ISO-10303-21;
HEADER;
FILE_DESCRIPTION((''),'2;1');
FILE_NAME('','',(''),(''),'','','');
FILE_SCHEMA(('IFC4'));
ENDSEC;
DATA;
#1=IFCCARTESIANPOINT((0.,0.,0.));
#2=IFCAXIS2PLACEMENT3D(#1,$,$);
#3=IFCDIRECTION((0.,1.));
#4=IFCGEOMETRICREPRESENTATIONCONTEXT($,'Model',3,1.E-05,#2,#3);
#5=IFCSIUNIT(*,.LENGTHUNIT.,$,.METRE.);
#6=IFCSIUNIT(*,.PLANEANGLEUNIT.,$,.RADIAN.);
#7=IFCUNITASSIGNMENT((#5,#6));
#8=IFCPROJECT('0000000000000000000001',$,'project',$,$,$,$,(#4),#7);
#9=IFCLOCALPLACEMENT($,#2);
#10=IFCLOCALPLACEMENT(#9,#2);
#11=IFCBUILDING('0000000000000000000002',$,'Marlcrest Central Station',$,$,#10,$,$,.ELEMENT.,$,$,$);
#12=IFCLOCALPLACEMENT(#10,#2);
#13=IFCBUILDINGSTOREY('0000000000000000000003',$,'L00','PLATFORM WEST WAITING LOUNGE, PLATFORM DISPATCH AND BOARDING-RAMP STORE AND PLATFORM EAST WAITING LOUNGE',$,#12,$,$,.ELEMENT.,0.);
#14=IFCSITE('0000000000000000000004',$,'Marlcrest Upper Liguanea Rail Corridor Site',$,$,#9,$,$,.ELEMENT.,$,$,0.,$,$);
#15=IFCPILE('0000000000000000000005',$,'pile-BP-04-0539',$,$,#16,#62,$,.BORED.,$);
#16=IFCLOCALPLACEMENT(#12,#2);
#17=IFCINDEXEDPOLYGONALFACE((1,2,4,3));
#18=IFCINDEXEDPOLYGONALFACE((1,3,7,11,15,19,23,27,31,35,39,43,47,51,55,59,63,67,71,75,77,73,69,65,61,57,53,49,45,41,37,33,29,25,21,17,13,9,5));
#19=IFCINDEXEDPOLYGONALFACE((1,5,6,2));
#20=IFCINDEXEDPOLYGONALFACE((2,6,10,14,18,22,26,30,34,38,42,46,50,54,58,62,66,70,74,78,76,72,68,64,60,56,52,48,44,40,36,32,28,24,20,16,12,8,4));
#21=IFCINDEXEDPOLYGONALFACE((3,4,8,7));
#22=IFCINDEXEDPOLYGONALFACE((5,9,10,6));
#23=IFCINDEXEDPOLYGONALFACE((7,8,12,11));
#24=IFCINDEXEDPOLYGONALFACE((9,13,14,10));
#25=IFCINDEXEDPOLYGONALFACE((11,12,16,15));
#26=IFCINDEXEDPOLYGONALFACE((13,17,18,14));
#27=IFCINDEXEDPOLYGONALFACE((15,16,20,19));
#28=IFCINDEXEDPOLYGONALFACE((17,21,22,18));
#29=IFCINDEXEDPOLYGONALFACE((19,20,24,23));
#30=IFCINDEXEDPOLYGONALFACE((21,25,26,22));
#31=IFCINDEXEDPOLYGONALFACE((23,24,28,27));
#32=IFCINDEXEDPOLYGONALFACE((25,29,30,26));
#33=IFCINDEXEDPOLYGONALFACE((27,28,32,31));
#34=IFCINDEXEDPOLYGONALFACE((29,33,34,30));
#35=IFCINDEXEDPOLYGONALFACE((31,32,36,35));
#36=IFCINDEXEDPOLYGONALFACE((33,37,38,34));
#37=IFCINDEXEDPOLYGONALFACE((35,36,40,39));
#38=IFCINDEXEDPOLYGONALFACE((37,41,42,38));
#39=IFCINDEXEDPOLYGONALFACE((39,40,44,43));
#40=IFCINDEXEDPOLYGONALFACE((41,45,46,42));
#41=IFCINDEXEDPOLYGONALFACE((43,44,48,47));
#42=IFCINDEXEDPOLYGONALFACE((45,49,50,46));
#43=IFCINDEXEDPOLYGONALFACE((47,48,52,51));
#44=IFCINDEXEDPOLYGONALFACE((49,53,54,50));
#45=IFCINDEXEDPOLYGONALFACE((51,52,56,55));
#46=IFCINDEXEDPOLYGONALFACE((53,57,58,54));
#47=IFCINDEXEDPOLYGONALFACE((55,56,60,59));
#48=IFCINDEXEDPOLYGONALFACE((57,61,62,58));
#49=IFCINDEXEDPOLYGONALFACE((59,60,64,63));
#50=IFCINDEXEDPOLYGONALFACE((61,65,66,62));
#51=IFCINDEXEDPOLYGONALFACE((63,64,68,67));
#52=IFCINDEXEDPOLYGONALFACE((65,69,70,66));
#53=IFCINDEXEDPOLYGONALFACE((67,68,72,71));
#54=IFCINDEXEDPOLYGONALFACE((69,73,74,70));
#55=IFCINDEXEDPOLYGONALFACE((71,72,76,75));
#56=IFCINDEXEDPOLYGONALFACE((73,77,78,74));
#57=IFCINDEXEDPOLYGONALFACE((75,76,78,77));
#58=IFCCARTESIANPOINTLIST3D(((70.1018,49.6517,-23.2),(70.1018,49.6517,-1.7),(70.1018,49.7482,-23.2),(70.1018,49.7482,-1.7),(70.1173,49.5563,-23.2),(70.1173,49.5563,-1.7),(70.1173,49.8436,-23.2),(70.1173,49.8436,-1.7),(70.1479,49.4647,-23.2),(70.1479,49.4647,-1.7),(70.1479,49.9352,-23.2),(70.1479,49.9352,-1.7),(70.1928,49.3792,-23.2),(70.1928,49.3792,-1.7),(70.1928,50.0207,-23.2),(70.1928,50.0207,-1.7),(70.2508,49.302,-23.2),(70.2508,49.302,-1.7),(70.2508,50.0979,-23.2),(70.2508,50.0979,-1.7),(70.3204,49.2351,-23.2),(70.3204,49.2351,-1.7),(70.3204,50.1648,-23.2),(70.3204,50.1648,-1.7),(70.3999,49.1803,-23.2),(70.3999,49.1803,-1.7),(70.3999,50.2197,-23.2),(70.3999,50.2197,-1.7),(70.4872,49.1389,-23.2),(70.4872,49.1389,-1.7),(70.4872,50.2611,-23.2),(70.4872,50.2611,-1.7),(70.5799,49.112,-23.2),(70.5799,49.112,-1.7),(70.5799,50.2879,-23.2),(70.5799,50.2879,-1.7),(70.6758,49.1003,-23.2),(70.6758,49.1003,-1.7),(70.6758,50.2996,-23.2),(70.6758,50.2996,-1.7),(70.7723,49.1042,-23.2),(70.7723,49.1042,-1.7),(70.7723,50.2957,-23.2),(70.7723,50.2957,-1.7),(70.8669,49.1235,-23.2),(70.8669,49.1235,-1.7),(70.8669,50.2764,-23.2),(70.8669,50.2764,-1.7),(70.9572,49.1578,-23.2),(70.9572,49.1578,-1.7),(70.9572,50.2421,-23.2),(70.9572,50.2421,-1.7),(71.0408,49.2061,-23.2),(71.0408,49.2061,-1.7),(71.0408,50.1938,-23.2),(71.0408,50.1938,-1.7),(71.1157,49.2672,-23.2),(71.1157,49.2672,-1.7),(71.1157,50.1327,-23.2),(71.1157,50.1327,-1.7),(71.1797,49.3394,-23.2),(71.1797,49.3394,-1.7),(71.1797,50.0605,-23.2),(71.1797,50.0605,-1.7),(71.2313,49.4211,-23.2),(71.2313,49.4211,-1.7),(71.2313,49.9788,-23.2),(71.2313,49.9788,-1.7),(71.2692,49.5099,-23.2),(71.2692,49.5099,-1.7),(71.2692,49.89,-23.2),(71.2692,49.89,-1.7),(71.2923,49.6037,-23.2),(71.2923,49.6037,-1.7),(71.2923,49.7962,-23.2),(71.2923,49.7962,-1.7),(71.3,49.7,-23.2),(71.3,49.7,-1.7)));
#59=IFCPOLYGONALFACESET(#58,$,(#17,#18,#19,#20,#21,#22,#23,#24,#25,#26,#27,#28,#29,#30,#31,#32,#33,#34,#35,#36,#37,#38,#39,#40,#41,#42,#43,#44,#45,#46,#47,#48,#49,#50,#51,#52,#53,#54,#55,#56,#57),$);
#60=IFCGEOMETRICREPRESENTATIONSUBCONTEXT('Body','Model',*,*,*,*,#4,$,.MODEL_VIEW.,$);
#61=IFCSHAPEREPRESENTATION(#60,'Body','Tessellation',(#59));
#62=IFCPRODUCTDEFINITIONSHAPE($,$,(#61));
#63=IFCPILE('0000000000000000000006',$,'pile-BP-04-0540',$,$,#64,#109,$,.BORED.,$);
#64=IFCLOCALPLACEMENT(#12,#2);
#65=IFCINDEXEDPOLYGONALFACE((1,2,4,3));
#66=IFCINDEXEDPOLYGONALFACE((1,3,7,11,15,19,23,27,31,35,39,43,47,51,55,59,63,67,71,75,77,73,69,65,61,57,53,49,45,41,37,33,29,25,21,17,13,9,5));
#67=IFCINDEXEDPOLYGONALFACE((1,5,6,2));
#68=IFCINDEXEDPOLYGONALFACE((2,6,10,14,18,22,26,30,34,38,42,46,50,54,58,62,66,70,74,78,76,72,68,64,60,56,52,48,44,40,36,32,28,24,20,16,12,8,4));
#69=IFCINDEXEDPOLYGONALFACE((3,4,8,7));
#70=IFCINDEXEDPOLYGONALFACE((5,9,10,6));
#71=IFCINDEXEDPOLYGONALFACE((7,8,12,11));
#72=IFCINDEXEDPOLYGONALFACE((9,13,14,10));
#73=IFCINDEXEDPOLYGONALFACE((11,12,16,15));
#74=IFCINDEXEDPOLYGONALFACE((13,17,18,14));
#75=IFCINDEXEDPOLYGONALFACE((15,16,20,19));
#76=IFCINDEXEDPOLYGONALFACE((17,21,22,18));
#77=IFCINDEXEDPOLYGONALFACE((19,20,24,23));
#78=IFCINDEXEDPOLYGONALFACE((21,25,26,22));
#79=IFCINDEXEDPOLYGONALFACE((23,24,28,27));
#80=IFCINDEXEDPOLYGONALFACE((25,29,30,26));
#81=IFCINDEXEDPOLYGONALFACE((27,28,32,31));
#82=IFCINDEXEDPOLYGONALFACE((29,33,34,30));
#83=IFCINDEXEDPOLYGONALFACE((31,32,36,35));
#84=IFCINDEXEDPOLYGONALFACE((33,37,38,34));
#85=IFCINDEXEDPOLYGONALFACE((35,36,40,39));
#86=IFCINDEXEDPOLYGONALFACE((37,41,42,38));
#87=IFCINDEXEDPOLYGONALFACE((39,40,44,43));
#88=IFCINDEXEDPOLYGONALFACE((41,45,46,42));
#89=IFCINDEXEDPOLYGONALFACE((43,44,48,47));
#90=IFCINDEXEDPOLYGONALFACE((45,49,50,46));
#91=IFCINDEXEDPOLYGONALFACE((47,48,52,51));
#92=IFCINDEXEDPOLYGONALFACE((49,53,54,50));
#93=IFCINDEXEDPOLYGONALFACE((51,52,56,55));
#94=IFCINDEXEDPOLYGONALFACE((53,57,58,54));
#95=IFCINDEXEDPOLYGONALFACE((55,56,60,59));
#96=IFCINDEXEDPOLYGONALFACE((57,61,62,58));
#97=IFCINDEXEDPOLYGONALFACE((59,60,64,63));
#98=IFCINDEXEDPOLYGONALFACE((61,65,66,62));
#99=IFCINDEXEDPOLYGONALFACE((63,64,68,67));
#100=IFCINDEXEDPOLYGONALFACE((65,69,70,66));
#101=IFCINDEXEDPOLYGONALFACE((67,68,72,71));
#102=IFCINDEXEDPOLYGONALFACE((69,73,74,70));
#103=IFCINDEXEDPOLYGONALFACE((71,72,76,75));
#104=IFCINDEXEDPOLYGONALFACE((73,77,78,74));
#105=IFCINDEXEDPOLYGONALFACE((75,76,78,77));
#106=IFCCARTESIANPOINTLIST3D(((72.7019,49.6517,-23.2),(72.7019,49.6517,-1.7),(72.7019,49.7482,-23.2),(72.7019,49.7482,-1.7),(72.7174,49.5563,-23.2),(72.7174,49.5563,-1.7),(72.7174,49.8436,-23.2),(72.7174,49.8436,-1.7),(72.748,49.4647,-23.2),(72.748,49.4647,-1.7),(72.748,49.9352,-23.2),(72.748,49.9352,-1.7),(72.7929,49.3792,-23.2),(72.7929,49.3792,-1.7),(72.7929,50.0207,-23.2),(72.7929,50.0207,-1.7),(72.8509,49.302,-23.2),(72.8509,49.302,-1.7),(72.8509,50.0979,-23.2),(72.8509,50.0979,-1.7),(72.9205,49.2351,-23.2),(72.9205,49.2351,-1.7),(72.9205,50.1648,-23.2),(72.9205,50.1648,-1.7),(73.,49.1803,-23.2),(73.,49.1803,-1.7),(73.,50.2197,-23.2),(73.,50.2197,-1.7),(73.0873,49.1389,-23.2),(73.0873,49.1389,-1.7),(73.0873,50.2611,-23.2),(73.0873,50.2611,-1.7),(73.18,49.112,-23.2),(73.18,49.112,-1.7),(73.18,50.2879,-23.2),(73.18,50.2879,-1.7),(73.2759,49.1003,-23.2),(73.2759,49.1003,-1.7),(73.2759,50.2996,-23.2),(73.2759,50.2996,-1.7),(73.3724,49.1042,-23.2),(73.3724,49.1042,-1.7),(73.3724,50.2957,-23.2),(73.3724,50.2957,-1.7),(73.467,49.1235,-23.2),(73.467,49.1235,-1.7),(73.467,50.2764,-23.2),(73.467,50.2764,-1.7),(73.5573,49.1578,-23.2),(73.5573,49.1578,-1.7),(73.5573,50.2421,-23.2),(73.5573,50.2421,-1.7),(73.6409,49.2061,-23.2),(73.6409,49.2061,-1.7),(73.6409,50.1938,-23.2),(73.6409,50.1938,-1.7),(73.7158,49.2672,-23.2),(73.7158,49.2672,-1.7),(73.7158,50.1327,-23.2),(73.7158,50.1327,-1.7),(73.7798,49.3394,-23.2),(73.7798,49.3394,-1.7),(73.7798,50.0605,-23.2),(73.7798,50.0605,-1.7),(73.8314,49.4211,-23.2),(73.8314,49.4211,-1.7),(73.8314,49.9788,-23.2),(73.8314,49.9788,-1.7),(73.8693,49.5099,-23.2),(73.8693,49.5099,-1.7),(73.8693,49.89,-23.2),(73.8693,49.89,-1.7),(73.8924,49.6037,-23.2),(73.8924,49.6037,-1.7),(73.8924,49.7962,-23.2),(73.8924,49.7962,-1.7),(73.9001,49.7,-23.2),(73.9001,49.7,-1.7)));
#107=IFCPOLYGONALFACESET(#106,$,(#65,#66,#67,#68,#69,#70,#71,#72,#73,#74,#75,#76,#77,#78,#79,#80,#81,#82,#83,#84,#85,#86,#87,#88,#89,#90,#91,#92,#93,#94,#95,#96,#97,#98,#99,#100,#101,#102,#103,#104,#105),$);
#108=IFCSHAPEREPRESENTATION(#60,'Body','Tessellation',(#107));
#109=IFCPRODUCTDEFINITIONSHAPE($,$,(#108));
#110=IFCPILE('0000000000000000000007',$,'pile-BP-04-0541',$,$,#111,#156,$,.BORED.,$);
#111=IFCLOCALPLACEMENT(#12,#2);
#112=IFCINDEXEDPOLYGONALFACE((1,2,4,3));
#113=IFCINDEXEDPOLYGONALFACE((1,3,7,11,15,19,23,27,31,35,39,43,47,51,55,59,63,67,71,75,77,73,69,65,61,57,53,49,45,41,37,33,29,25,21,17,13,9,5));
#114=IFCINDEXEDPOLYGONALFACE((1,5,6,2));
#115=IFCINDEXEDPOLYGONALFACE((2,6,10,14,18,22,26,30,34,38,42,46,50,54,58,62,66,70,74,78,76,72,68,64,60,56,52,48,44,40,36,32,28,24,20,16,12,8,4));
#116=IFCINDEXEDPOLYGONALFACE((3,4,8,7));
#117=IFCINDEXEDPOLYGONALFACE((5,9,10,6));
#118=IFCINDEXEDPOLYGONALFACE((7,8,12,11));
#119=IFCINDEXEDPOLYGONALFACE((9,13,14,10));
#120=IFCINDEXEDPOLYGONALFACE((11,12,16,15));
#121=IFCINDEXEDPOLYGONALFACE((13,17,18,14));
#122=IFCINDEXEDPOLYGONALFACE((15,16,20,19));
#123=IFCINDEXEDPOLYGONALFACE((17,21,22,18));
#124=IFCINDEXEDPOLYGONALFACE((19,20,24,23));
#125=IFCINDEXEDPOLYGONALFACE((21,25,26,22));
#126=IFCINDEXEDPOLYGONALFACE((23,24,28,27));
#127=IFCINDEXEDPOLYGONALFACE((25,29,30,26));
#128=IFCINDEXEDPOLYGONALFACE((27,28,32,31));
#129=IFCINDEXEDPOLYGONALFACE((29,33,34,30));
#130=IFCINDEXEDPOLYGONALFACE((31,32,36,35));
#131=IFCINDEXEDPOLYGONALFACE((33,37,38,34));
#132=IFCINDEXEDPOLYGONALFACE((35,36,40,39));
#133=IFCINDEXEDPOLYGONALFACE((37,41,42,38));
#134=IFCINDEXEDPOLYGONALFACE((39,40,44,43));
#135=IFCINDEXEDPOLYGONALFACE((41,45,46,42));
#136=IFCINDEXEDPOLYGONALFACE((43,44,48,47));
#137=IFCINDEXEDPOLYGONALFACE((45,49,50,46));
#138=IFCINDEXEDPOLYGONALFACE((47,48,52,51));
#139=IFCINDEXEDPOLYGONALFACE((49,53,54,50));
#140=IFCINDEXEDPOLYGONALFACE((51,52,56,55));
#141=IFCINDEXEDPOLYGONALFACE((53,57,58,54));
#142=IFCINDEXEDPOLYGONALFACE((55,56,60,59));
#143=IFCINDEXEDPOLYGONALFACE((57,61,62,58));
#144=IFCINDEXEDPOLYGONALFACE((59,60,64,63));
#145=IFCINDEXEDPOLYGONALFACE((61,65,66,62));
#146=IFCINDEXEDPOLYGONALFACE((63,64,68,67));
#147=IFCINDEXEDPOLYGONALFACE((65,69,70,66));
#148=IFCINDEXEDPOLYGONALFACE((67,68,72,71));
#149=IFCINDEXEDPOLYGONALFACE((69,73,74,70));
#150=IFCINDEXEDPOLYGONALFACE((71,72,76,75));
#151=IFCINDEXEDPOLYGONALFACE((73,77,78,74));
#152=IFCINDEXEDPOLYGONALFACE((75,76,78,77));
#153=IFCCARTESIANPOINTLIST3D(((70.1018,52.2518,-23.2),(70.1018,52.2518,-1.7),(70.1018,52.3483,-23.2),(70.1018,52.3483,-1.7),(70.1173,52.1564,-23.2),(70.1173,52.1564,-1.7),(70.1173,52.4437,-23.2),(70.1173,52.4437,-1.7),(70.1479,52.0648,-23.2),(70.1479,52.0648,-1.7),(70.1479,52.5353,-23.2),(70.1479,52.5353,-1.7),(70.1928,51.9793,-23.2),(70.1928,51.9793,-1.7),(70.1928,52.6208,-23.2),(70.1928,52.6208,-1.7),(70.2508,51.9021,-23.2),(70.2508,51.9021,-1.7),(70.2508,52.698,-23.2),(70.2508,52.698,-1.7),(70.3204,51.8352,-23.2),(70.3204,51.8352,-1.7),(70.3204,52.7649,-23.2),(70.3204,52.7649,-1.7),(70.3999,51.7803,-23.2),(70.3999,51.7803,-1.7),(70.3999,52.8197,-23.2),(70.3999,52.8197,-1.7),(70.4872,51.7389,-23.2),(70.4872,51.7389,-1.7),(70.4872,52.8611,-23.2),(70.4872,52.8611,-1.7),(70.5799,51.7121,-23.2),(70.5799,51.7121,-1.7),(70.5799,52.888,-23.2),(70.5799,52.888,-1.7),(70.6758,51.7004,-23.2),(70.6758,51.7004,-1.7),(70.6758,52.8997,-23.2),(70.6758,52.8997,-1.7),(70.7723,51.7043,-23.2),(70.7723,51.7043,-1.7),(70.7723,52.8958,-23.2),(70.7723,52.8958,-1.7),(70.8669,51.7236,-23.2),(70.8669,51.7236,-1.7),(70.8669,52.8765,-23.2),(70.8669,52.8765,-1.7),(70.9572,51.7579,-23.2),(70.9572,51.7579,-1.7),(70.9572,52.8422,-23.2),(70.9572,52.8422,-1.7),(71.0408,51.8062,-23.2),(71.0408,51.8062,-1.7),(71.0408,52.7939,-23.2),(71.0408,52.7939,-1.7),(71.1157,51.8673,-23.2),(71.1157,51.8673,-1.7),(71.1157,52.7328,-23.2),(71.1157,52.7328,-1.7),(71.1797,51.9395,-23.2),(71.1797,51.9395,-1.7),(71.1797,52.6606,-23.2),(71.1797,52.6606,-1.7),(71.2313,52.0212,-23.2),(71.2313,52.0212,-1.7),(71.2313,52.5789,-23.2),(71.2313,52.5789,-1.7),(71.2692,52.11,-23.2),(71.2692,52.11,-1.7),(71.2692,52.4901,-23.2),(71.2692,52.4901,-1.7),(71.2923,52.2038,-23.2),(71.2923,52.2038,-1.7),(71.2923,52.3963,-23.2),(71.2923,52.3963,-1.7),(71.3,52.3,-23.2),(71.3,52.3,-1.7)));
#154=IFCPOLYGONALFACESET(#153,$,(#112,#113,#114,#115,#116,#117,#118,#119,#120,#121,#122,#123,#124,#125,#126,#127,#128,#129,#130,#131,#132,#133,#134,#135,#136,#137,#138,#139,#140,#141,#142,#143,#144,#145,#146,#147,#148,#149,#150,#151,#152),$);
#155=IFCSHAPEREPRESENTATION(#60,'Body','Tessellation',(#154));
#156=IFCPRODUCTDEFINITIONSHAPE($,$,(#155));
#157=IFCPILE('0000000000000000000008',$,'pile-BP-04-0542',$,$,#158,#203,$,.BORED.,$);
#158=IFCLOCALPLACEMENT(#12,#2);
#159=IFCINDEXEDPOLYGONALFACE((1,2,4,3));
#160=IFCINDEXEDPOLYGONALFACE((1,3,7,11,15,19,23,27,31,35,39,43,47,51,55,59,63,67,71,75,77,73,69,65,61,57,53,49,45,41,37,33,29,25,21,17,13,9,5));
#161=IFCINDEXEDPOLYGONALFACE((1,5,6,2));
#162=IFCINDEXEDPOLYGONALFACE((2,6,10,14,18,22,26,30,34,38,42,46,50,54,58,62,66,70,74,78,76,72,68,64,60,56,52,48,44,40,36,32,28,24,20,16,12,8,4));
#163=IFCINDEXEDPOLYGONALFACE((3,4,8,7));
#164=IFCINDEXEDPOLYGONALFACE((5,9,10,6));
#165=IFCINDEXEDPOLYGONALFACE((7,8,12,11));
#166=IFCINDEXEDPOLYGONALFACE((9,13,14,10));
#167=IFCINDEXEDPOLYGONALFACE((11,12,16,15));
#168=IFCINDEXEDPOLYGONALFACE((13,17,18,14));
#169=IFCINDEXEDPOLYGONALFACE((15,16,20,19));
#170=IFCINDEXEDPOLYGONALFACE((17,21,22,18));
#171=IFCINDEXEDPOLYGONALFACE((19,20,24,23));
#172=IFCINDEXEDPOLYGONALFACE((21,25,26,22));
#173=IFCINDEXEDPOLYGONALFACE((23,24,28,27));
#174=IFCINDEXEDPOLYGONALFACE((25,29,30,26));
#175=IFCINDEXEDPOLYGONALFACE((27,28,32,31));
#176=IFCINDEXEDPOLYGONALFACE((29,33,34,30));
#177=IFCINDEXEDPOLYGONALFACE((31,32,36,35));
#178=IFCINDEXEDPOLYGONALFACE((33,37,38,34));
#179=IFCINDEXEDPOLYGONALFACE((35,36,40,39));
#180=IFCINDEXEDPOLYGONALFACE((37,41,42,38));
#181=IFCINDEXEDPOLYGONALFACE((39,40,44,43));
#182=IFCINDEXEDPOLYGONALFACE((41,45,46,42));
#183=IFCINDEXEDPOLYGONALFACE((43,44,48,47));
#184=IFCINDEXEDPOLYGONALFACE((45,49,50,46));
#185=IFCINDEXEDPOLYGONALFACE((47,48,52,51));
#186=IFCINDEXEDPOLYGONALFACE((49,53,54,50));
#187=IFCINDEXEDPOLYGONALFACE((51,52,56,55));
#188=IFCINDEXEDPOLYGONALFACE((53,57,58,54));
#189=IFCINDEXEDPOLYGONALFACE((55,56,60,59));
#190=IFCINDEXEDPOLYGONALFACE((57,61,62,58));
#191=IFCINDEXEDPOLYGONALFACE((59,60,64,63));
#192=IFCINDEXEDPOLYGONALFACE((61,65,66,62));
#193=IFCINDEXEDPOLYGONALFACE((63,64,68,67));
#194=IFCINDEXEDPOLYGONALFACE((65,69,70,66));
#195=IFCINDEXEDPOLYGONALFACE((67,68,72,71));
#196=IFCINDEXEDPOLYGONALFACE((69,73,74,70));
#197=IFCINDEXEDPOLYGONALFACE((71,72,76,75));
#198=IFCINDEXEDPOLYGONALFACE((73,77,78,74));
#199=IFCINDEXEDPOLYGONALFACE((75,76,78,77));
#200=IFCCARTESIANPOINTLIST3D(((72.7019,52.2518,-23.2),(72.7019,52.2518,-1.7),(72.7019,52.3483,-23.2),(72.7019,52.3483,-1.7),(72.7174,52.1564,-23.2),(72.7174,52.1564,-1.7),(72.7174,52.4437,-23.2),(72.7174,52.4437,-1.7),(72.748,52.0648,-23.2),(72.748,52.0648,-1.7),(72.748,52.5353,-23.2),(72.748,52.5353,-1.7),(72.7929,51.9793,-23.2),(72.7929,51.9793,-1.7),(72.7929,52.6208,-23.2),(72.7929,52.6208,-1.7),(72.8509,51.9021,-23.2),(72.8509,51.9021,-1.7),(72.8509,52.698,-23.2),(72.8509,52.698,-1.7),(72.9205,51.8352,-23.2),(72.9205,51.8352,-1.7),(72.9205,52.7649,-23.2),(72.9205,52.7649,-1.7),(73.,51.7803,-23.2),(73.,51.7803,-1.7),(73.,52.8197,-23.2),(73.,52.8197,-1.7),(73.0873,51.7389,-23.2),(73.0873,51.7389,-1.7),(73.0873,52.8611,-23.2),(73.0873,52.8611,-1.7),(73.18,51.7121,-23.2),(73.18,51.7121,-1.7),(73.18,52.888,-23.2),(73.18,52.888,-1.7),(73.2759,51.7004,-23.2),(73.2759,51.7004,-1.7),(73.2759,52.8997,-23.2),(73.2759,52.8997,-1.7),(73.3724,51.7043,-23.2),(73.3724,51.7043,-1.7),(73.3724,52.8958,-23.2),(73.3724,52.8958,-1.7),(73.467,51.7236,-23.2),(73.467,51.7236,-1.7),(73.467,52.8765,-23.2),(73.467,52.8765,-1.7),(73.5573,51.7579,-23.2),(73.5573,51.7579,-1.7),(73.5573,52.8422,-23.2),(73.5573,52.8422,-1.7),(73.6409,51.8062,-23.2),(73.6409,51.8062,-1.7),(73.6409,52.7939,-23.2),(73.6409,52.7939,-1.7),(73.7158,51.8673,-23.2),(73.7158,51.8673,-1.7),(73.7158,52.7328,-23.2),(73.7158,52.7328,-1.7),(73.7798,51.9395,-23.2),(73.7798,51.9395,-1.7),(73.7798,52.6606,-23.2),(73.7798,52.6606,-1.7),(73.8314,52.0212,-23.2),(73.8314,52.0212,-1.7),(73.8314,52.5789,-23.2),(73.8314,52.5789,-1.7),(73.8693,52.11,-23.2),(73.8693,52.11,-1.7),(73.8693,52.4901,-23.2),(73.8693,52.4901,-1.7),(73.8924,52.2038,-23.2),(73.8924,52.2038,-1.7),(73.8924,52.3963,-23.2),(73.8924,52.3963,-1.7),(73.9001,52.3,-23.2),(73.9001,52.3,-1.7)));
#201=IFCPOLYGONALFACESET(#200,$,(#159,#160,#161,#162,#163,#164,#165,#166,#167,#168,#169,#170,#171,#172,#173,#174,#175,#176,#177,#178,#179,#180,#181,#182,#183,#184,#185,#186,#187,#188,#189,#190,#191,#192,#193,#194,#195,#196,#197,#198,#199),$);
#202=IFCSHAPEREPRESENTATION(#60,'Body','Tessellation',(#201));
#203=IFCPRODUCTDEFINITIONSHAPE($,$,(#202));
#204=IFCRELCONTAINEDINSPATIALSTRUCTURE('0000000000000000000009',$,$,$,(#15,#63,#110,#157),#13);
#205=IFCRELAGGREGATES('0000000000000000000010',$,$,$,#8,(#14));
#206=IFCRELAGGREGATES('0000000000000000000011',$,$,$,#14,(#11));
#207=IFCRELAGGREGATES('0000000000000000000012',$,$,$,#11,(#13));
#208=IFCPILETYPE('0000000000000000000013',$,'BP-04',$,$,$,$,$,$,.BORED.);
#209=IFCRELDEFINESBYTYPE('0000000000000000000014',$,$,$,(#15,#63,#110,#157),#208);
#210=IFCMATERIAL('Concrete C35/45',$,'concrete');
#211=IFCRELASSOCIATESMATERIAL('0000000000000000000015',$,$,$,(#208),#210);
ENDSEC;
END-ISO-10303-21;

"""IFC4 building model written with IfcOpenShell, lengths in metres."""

from ifc_helpers import new_model, si_unit, direction, frame, origin, origin_2d, place, context, subcontext, project, spatial, circle, extrude, material, material_profile, profile_set, type_object, element, save


model = new_model("IFC4")

# Units and contexts
model_context = context("Model", 3, precision=1e-05, world=origin(), true_north=direction((0.0, 1.0)))
body_context = subcontext(model_context, "Body", "Model", "MODEL_VIEW")
ifc_project = project(units=[si_unit("LENGTHUNIT", "METRE"), si_unit("PLANEANGLEUNIT", "RADIAN")], contexts=[model_context])

# Site, building, storey
site_placement = place(None, origin())
site = spatial("IfcSite", under=ifc_project, at=site_placement, Name="Marlcrest Upper Liguanea Rail Corridor Site", CompositionType="ELEMENT", RefElevation=0.0)
building_placement = place(site_placement, origin())
building = spatial("IfcBuilding", under=site, at=building_placement, Name="Marlcrest Central Station", CompositionType="ELEMENT")
storey_placement = place(building_placement, origin())
storey = spatial("IfcBuildingStorey", under=building, at=storey_placement, Name="L00", Description="PLATFORM WEST WAITING LOUNGE, PLATFORM DISPATCH AND BOARDING-RAMP STORE AND PLATFORM EAST WAITING LOUNGE", CompositionType="ELEMENT", Elevation=0.0)

# Piles
ifc_material_1 = material(Name="Concrete C35/45", Category="concrete")
ifc_material_profile_1 = material_profile(ifc_material_1, circle(Radius=0.6001, at=origin_2d()), Name="PILE D1200")
ifc_profile_set_1 = profile_set([ifc_material_profile_1], Name="Concrete C35/45")
pile_type = type_object("IfcPileType", Name="BP-04", PredefinedType="BORED", material=ifc_profile_set_1)
for number, where, z_axis, x_axis, name in (
    (1, (70.7, 49.7, -1.7), (0.0, 0.0, -1.0), (1.0, 0.0, 0.0), "pile-BP-04-0539"),
    (2, (73.3, 49.7, -1.7), (0.0, 0.0, -1.0), (1.0, 0.0, 0.0), "pile-BP-04-0540"),
    (3, (70.7, 52.3, -1.7), (0.0, 0.0, -1.0), (1.0, 0.0, 0.0), "pile-BP-04-0541"),
    (4, (73.3, 52.3, -1.7), (0.0, 0.0, -1.0), (1.0, 0.0, 0.0), "pile-BP-04-0542"),
):
    element("IfcPile", number, at=place(storey_placement, frame(where, z_axis=z_axis, x_axis=x_axis)), inside=storey, type_object=pile_type, Name=name, PredefinedType="BORED", context=body_context, shape_type="SweptSolid", body=[
        extrude(circle(Radius=0.6001, at=origin_2d()), origin(), (0.0, 0.0, 1.0), 21.5),
    ])

save(model, "model.ifc")
